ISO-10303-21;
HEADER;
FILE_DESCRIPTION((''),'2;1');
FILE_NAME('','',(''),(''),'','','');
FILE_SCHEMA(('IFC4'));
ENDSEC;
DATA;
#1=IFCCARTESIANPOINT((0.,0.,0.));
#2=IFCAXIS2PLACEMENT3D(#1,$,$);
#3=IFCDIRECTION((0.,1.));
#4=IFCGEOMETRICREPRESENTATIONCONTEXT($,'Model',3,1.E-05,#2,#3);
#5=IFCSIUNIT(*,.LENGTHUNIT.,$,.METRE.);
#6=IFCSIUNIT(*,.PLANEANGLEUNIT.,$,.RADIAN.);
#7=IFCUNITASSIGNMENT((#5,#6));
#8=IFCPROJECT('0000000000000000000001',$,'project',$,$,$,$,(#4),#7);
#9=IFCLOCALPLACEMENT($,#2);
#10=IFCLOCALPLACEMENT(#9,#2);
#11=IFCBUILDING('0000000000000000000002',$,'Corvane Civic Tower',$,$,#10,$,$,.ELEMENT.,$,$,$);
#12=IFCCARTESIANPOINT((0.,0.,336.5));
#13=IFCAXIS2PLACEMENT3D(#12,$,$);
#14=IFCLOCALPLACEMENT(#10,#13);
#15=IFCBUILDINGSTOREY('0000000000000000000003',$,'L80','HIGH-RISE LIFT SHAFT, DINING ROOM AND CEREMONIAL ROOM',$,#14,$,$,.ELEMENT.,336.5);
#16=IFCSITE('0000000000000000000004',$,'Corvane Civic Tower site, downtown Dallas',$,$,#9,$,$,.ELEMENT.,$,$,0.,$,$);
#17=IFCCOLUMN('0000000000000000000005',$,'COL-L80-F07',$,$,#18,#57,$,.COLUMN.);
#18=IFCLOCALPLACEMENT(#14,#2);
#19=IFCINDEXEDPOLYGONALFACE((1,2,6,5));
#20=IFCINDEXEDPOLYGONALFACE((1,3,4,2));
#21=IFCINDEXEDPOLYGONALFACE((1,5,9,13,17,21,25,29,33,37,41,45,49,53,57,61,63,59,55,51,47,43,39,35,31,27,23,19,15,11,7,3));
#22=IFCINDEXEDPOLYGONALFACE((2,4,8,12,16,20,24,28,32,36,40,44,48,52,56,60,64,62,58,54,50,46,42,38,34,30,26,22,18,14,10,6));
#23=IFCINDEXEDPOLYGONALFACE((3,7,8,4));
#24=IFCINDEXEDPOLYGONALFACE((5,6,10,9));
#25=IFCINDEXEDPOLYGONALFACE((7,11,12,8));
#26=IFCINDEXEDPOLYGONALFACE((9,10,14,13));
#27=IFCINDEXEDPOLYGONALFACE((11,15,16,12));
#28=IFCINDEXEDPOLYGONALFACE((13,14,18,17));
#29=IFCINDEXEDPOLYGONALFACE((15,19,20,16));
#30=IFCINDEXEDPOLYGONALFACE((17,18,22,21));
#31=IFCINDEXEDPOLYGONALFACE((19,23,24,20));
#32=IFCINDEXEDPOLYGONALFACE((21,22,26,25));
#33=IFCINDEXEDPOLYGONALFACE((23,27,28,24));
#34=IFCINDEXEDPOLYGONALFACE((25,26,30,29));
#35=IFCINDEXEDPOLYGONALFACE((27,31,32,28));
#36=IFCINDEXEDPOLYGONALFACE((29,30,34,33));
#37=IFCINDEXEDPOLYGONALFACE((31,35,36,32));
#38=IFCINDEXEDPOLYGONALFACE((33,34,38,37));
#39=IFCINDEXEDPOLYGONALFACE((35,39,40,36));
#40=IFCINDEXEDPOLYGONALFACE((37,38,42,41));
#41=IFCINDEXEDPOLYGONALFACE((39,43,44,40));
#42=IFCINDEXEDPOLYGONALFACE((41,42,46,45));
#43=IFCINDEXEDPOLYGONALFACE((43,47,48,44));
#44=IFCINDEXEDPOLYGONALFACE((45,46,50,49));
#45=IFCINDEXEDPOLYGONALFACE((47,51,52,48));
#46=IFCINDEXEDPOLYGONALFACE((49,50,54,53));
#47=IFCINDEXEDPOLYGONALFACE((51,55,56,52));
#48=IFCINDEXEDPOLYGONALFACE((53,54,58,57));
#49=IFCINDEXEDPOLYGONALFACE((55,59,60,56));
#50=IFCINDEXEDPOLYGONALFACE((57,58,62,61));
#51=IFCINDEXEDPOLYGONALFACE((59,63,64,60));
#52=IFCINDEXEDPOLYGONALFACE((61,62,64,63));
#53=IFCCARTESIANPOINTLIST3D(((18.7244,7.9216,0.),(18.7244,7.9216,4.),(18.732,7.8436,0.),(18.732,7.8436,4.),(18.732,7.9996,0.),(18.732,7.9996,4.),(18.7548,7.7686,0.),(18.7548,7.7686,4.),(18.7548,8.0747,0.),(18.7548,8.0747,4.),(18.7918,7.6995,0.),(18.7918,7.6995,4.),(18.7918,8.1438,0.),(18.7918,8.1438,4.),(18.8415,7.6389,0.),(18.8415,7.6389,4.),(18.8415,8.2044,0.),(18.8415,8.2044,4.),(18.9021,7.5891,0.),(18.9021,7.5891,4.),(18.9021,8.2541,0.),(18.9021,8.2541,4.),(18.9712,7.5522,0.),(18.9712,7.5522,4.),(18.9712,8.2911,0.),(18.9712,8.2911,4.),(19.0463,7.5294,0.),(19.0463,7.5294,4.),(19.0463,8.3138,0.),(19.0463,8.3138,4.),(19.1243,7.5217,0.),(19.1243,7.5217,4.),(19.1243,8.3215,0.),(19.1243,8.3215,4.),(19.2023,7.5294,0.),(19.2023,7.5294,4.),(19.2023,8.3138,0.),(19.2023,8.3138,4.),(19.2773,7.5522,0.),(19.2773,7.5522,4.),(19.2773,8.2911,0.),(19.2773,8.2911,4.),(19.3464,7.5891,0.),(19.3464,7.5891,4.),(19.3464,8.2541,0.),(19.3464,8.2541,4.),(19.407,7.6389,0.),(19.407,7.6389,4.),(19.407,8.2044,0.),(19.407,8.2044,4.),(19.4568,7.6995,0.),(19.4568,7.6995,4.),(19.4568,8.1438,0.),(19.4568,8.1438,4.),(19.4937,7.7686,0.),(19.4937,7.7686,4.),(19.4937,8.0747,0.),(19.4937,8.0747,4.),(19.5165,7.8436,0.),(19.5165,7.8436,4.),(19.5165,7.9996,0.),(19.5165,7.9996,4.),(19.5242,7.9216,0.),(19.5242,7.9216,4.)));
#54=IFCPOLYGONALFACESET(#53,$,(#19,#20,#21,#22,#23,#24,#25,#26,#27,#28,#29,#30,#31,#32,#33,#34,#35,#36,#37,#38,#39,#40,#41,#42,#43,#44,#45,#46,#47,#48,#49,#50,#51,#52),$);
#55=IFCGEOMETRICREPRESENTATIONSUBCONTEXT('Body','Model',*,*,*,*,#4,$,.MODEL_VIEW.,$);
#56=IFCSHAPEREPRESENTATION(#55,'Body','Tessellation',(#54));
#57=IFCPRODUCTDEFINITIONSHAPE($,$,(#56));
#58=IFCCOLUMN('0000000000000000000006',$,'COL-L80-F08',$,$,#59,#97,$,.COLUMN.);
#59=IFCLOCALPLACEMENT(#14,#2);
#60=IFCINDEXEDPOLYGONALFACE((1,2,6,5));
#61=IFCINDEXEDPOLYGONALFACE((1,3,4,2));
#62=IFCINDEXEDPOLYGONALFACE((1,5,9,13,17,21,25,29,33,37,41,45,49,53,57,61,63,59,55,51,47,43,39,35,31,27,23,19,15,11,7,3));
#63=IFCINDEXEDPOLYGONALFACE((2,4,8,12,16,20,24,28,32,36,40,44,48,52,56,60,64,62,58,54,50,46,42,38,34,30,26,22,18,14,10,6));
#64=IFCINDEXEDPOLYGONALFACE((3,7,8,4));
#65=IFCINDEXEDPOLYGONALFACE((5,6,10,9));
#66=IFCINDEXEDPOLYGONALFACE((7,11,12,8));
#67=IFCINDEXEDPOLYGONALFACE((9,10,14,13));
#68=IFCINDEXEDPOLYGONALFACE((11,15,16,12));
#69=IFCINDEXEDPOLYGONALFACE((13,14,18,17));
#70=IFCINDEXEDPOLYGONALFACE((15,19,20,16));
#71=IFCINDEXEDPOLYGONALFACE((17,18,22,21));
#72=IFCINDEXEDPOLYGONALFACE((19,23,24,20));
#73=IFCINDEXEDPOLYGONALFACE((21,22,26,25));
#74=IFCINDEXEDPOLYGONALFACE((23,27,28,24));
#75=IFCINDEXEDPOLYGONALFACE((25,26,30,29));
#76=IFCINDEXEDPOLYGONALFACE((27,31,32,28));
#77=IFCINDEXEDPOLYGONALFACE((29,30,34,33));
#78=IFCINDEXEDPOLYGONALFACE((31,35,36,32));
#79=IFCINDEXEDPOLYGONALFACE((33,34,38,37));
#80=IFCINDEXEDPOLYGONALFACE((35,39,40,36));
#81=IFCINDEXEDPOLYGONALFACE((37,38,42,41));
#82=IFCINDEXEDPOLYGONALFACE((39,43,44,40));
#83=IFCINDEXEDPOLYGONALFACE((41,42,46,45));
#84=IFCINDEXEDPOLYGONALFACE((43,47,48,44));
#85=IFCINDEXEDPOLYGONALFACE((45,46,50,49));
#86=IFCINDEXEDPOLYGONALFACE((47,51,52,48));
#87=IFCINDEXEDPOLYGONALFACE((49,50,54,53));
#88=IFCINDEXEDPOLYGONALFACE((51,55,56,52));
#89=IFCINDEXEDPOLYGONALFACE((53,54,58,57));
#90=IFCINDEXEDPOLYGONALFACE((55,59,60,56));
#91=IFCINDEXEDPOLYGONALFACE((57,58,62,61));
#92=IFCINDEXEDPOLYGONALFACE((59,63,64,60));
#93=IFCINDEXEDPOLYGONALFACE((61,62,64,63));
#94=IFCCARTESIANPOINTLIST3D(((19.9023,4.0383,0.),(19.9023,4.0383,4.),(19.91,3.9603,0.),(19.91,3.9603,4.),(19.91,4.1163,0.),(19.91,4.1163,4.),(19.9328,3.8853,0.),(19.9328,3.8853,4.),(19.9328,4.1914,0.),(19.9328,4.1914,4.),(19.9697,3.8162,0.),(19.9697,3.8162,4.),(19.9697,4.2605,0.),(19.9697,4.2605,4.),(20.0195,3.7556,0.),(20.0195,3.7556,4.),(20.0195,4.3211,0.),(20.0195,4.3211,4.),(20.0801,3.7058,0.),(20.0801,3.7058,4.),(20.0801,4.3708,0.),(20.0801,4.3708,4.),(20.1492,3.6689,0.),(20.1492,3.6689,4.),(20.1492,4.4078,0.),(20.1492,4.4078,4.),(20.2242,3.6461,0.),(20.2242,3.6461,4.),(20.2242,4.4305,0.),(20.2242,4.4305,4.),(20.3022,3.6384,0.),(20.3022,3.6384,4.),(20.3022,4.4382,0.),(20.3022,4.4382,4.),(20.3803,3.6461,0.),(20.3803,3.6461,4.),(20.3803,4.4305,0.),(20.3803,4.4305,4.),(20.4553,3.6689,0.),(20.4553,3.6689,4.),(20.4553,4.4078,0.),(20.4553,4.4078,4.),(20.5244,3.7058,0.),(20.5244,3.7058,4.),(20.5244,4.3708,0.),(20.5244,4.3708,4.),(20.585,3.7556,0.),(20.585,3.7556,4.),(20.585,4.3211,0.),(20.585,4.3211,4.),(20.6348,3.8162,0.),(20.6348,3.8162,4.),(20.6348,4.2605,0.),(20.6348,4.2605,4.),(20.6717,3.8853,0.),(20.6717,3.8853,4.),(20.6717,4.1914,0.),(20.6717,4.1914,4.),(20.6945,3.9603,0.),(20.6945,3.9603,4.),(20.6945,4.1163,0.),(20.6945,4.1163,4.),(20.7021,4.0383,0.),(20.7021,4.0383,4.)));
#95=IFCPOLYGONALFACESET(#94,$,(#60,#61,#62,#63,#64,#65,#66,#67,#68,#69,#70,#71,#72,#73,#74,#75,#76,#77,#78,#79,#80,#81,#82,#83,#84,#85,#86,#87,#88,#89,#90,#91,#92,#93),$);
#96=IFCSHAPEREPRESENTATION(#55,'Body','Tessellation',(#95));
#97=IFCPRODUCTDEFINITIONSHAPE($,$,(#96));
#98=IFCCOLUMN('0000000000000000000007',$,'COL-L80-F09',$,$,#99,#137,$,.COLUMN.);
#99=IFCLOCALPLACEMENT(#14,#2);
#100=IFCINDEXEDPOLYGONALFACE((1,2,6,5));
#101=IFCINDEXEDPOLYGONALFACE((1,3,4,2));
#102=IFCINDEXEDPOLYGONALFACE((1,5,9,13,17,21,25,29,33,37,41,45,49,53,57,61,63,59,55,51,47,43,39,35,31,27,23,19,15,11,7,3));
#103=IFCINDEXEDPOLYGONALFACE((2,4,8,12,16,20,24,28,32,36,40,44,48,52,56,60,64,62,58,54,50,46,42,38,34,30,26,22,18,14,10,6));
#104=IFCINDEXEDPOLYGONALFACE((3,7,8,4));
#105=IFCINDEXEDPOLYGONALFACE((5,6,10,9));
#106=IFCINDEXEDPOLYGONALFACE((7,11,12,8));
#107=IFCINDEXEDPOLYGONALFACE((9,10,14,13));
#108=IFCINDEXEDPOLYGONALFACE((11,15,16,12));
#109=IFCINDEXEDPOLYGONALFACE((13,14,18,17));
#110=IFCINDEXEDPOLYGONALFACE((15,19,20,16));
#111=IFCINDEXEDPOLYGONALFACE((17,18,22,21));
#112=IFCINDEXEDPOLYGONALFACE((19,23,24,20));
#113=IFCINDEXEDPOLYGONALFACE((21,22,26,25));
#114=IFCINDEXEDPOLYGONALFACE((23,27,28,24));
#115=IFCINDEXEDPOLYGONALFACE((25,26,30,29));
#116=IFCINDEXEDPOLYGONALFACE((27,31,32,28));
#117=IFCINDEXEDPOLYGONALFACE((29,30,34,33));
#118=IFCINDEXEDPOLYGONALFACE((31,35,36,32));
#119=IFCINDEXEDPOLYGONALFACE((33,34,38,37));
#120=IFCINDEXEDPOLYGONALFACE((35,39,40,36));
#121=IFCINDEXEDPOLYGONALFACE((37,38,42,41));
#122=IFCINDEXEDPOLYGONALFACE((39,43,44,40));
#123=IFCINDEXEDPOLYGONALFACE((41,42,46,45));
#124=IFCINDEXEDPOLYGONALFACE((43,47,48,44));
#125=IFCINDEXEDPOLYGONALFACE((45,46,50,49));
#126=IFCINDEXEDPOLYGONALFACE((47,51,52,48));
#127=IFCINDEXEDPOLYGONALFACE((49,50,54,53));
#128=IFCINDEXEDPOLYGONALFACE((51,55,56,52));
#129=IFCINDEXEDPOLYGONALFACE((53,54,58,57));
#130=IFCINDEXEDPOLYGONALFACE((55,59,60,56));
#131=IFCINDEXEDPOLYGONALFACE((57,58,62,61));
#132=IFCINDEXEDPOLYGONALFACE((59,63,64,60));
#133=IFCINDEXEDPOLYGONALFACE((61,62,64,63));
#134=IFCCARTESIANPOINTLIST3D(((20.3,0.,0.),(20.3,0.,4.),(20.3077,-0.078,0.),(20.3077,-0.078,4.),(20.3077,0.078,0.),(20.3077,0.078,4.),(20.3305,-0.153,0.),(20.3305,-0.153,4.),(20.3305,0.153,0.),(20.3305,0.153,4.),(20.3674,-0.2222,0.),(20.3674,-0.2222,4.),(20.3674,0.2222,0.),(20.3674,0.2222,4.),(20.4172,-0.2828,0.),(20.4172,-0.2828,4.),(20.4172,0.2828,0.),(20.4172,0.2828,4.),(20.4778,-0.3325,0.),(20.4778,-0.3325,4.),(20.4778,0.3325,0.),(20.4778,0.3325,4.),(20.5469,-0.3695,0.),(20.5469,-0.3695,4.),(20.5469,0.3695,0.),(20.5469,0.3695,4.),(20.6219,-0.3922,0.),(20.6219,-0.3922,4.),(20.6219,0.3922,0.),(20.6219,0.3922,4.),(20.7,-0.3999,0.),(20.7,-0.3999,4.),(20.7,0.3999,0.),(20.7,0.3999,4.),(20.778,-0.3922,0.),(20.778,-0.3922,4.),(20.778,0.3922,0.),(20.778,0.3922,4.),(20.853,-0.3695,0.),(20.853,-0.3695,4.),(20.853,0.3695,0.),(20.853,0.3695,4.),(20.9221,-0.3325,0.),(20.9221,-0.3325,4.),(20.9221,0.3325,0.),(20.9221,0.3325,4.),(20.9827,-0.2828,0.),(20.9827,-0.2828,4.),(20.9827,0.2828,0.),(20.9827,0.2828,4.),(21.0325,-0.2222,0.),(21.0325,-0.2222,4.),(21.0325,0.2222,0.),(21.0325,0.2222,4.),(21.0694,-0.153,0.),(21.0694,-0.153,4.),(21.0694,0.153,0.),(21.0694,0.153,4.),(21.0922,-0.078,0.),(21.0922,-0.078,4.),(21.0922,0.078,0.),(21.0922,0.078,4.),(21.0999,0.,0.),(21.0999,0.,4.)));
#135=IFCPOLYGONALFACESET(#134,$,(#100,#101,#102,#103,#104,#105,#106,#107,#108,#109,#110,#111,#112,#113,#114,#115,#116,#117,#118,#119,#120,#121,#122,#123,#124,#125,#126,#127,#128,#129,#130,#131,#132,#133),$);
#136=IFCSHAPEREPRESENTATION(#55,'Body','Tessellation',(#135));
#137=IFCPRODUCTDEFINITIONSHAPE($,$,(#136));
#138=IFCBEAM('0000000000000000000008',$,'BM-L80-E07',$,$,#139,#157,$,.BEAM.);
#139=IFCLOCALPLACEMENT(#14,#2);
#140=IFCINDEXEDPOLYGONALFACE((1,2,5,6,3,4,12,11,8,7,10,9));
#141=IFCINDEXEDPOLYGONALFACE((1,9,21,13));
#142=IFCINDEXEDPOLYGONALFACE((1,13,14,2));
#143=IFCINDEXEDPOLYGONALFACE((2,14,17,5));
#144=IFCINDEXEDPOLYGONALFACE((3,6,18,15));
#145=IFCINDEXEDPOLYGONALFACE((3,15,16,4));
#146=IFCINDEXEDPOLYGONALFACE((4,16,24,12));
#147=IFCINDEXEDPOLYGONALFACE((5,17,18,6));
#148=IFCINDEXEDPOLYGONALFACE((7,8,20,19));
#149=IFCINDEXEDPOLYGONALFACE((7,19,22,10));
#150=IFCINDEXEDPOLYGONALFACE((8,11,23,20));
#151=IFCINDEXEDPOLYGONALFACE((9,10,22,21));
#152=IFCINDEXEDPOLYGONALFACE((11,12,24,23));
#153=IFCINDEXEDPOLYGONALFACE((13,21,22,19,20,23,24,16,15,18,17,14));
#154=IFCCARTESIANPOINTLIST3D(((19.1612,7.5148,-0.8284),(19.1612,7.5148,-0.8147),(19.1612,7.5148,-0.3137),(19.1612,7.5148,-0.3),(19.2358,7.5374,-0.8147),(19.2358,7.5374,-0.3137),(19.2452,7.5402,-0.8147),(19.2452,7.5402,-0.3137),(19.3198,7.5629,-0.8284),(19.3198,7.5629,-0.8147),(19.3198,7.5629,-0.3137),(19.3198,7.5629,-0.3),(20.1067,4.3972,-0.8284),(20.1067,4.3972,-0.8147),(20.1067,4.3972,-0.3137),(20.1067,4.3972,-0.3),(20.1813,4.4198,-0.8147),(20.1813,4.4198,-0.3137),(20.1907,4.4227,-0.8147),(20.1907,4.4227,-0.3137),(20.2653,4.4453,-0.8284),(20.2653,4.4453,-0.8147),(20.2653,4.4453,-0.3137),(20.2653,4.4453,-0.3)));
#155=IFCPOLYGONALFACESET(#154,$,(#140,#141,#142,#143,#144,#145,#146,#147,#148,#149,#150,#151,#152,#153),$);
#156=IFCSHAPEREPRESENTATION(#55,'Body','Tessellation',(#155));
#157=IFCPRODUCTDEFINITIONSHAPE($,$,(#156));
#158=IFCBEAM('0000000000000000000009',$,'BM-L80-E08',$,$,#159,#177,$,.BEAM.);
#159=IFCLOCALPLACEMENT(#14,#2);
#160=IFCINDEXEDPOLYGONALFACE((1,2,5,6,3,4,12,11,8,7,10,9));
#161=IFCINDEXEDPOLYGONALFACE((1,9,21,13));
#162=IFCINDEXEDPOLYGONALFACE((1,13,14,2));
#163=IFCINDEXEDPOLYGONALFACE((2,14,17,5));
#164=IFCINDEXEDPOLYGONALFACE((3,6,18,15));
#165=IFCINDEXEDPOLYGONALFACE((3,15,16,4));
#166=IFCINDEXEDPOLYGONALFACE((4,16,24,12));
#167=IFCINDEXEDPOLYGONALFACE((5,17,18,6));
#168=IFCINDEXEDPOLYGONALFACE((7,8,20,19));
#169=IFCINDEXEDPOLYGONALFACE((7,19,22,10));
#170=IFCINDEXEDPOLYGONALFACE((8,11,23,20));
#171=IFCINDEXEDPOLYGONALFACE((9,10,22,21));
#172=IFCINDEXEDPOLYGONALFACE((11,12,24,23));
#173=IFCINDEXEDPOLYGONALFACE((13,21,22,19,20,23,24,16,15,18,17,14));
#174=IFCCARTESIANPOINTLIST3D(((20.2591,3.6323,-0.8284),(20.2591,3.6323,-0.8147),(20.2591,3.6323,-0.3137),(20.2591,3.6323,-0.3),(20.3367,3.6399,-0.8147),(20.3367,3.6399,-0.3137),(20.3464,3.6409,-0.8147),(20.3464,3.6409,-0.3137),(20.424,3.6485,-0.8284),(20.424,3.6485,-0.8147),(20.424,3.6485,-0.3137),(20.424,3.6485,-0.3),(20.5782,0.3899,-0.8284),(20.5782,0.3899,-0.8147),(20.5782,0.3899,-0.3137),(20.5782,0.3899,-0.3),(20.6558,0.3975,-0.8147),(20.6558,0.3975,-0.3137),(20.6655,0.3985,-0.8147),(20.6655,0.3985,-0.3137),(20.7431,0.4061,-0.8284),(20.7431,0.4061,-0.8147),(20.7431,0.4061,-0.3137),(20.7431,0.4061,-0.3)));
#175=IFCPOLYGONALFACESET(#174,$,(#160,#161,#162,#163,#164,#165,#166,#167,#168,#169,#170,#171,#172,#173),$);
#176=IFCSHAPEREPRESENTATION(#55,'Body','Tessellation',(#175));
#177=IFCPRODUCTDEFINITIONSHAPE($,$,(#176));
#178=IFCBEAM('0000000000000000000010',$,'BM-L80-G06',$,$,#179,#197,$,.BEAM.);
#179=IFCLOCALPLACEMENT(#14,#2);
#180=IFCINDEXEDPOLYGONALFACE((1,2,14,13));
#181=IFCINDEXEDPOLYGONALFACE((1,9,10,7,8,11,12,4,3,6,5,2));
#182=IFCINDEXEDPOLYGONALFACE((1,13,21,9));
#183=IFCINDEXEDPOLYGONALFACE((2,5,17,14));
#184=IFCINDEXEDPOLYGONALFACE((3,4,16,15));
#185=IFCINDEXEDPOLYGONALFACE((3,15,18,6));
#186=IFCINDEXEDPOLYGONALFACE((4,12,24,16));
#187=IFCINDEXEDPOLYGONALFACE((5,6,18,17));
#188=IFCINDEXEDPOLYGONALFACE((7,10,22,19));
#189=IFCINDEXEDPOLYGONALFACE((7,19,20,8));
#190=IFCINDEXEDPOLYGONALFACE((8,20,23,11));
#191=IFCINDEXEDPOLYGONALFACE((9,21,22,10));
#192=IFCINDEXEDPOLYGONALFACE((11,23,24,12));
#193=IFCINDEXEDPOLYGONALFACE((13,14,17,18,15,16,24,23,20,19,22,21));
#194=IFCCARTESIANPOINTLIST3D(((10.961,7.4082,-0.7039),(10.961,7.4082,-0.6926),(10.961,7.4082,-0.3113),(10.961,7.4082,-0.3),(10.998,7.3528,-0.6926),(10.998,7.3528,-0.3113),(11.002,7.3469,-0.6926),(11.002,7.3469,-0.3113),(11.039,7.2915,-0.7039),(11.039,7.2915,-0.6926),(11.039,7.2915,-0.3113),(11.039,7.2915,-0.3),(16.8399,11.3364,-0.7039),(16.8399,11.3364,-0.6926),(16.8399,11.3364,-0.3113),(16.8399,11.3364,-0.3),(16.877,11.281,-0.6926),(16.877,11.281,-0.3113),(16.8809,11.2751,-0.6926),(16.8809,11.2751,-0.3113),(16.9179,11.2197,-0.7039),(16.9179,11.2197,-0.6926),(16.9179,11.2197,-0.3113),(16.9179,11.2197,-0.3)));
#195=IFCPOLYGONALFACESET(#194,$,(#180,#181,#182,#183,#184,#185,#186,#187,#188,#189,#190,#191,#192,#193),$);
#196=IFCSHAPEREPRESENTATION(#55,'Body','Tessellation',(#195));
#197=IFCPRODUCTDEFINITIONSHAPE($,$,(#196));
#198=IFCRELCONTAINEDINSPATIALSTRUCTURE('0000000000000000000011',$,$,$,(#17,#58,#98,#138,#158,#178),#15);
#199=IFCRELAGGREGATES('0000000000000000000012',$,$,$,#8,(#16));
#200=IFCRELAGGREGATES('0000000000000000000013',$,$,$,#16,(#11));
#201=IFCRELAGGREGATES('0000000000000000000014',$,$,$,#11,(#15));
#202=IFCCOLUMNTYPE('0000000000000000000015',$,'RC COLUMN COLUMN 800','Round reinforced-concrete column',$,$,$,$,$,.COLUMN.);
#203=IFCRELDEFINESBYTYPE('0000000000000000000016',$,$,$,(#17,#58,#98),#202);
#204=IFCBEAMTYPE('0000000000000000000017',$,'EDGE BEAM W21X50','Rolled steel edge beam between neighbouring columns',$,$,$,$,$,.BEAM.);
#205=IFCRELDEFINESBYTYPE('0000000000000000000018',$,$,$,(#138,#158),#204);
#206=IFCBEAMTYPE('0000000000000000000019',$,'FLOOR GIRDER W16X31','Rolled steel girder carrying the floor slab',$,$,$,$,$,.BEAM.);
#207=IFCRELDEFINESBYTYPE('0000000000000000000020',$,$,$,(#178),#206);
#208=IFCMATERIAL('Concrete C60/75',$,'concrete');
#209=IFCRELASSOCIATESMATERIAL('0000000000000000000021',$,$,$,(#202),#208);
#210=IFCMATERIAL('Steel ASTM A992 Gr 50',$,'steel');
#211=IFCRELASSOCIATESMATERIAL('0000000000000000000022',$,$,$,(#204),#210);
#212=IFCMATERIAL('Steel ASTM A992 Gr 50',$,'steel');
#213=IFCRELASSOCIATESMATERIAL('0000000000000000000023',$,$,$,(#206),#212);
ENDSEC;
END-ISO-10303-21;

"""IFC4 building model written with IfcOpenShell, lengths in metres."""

from ifc_helpers import new_model, si_unit, direction, frame, origin, origin_2d, place, context, subcontext, project, spatial, circle, i_section, extrude, material, material_profile, profile_set, type_object, element, save


model = new_model("IFC4")

# Units and contexts
model_context = context("Model", 3, precision=1e-05, world=origin(), true_north=direction((0.0, 1.0)))
body_context = subcontext(model_context, "Body", "Model", "MODEL_VIEW")
ifc_project = project(units=[si_unit("LENGTHUNIT", "METRE"), si_unit("PLANEANGLEUNIT", "RADIAN")], contexts=[model_context])

# Site, building, storey
site_placement = place(None, origin())
site = spatial("IfcSite", under=ifc_project, at=site_placement, Name="Corvane Civic Tower site, downtown Dallas", CompositionType="ELEMENT", RefElevation=0.0)
building_placement = place(site_placement, origin())
building = spatial("IfcBuilding", under=site, at=building_placement, Name="Corvane Civic Tower", CompositionType="ELEMENT")
storey_placement = place(building_placement, frame((0.0, 0.0, 336.5)))
storey = spatial("IfcBuildingStorey", under=building, at=storey_placement, Name="L80", Description="HIGH-RISE LIFT SHAFT, DINING ROOM AND CEREMONIAL ROOM", CompositionType="ELEMENT", Elevation=336.5)

# Columns
ifc_material_1 = material(Name="Concrete C60/75", Category="concrete")
ifc_material_profile_1 = material_profile(ifc_material_1, circle(Radius=0.3999, at=origin_2d()), Name="COLUMN 800")
ifc_profile_set_1 = profile_set([ifc_material_profile_1], Name="Concrete C60/75")
column_type = type_object("IfcColumnType", Name="RC COLUMN COLUMN 800", Description="Round reinforced-concrete column", PredefinedType="COLUMN", material=ifc_profile_set_1)
for number, where, z_axis, x_axis, name in (
    (1, (19.1243, 7.9216, 0.0), (0.0, 0.0, 1.0), (1.0, 0.0, 0.0), "COL-L80-F07"),
    (2, (20.3022, 4.0383, 0.0), (0.0, 0.0, 1.0), (1.0, 0.0, 0.0), "COL-L80-F08"),
    (3, (20.7, 0.0, 0.0), (0.0, 0.0, 1.0), (1.0, 0.0, 0.0), "COL-L80-F09"),
):
    element("IfcColumn", number, at=place(storey_placement, frame(where, z_axis=z_axis, x_axis=x_axis)), inside=storey, type_object=column_type, Name=name, PredefinedType="COLUMN", context=body_context, shape_type="SweptSolid", body=[
        extrude(circle(Radius=0.3999, at=origin_2d()), origin(), (0.0, 0.0, 1.0), 4.0),
    ])

# Beams
ifc_material_2 = material(Name="Steel ASTM A992 Gr 50", Category="steel")
ifc_material_profile_2 = material_profile(ifc_material_2, i_section(OverallWidth=0.1658, OverallDepth=0.5283, WebThickness=0.0098, FlangeThickness=0.0137, at=origin_2d()), Name="W21X50")
ifc_profile_set_2 = profile_set([ifc_material_profile_2], Name="Steel ASTM A992 Gr 50")
beam_type_1 = type_object("IfcBeamType", Name="EDGE BEAM W21X50", Description="Rolled steel edge beam between neighbouring columns", PredefinedType="BEAM", material=ifc_profile_set_2)
beam_1_placement = place(storey_placement, frame((19.2405, 7.5388, -0.5642), z_axis=(0.290234, -0.956956, 0.0), x_axis=(0.956956, 0.290234, 0.0)))
element("IfcBeam", 4, at=beam_1_placement, inside=storey, type_object=beam_type_1, Name="BM-L80-E07", PredefinedType="BEAM", context=body_context, shape_type="SweptSolid", body=[
    extrude(i_section(OverallWidth=0.1658, OverallDepth=0.5283, WebThickness=0.0098, FlangeThickness=0.0137, at=origin_2d()), origin(), (0.0, 0.0, 1.0), 3.2578),
])
beam_2_placement = place(storey_placement, frame((20.3416, 3.6404, -0.5642), z_axis=(0.097938, -0.995193, 0.0), x_axis=(0.995193, 0.097938, 0.0)))
element("IfcBeam", 5, at=beam_2_placement, inside=storey, type_object=beam_type_1, Name="BM-L80-E08", PredefinedType="BEAM", context=body_context, shape_type="SweptSolid", body=[
    extrude(i_section(OverallWidth=0.1658, OverallDepth=0.5283, WebThickness=0.0098, FlangeThickness=0.0137, at=origin_2d()), origin(), (0.0, 0.0, 1.0), 3.2581),
])
ifc_material_3 = material(Name="Steel ASTM A992 Gr 50", Category="steel")
ifc_material_profile_3 = material_profile(ifc_material_3, i_section(OverallWidth=0.1404, OverallDepth=0.4038, WebThickness=0.0071, FlangeThickness=0.0112, at=origin_2d()), Name="W16X31")
ifc_profile_set_3 = profile_set([ifc_material_profile_3], Name="Steel ASTM A992 Gr 50")
beam_type_2 = type_object("IfcBeamType", Name="FLOOR GIRDER W16X31", Description="Rolled steel girder carrying the floor slab", PredefinedType="BEAM", material=ifc_profile_set_3)
beam_3_placement = place(storey_placement, frame((11.0, 7.3499, -0.502), z_axis=(0.831465, 0.555576, 0.0), x_axis=(-0.555576, 0.831465, 0.0)))
element("IfcBeam", 6, at=beam_3_placement, inside=storey, type_object=beam_type_2, Name="BM-L80-G06", PredefinedType="BEAM", context=body_context, shape_type="SweptSolid", body=[
    extrude(i_section(OverallWidth=0.1404, OverallDepth=0.4038, WebThickness=0.0071, FlangeThickness=0.0112, at=origin_2d()), origin(), (0.0, 0.0, 1.0), 7.0706),
])

save(model, "model.ifc")
